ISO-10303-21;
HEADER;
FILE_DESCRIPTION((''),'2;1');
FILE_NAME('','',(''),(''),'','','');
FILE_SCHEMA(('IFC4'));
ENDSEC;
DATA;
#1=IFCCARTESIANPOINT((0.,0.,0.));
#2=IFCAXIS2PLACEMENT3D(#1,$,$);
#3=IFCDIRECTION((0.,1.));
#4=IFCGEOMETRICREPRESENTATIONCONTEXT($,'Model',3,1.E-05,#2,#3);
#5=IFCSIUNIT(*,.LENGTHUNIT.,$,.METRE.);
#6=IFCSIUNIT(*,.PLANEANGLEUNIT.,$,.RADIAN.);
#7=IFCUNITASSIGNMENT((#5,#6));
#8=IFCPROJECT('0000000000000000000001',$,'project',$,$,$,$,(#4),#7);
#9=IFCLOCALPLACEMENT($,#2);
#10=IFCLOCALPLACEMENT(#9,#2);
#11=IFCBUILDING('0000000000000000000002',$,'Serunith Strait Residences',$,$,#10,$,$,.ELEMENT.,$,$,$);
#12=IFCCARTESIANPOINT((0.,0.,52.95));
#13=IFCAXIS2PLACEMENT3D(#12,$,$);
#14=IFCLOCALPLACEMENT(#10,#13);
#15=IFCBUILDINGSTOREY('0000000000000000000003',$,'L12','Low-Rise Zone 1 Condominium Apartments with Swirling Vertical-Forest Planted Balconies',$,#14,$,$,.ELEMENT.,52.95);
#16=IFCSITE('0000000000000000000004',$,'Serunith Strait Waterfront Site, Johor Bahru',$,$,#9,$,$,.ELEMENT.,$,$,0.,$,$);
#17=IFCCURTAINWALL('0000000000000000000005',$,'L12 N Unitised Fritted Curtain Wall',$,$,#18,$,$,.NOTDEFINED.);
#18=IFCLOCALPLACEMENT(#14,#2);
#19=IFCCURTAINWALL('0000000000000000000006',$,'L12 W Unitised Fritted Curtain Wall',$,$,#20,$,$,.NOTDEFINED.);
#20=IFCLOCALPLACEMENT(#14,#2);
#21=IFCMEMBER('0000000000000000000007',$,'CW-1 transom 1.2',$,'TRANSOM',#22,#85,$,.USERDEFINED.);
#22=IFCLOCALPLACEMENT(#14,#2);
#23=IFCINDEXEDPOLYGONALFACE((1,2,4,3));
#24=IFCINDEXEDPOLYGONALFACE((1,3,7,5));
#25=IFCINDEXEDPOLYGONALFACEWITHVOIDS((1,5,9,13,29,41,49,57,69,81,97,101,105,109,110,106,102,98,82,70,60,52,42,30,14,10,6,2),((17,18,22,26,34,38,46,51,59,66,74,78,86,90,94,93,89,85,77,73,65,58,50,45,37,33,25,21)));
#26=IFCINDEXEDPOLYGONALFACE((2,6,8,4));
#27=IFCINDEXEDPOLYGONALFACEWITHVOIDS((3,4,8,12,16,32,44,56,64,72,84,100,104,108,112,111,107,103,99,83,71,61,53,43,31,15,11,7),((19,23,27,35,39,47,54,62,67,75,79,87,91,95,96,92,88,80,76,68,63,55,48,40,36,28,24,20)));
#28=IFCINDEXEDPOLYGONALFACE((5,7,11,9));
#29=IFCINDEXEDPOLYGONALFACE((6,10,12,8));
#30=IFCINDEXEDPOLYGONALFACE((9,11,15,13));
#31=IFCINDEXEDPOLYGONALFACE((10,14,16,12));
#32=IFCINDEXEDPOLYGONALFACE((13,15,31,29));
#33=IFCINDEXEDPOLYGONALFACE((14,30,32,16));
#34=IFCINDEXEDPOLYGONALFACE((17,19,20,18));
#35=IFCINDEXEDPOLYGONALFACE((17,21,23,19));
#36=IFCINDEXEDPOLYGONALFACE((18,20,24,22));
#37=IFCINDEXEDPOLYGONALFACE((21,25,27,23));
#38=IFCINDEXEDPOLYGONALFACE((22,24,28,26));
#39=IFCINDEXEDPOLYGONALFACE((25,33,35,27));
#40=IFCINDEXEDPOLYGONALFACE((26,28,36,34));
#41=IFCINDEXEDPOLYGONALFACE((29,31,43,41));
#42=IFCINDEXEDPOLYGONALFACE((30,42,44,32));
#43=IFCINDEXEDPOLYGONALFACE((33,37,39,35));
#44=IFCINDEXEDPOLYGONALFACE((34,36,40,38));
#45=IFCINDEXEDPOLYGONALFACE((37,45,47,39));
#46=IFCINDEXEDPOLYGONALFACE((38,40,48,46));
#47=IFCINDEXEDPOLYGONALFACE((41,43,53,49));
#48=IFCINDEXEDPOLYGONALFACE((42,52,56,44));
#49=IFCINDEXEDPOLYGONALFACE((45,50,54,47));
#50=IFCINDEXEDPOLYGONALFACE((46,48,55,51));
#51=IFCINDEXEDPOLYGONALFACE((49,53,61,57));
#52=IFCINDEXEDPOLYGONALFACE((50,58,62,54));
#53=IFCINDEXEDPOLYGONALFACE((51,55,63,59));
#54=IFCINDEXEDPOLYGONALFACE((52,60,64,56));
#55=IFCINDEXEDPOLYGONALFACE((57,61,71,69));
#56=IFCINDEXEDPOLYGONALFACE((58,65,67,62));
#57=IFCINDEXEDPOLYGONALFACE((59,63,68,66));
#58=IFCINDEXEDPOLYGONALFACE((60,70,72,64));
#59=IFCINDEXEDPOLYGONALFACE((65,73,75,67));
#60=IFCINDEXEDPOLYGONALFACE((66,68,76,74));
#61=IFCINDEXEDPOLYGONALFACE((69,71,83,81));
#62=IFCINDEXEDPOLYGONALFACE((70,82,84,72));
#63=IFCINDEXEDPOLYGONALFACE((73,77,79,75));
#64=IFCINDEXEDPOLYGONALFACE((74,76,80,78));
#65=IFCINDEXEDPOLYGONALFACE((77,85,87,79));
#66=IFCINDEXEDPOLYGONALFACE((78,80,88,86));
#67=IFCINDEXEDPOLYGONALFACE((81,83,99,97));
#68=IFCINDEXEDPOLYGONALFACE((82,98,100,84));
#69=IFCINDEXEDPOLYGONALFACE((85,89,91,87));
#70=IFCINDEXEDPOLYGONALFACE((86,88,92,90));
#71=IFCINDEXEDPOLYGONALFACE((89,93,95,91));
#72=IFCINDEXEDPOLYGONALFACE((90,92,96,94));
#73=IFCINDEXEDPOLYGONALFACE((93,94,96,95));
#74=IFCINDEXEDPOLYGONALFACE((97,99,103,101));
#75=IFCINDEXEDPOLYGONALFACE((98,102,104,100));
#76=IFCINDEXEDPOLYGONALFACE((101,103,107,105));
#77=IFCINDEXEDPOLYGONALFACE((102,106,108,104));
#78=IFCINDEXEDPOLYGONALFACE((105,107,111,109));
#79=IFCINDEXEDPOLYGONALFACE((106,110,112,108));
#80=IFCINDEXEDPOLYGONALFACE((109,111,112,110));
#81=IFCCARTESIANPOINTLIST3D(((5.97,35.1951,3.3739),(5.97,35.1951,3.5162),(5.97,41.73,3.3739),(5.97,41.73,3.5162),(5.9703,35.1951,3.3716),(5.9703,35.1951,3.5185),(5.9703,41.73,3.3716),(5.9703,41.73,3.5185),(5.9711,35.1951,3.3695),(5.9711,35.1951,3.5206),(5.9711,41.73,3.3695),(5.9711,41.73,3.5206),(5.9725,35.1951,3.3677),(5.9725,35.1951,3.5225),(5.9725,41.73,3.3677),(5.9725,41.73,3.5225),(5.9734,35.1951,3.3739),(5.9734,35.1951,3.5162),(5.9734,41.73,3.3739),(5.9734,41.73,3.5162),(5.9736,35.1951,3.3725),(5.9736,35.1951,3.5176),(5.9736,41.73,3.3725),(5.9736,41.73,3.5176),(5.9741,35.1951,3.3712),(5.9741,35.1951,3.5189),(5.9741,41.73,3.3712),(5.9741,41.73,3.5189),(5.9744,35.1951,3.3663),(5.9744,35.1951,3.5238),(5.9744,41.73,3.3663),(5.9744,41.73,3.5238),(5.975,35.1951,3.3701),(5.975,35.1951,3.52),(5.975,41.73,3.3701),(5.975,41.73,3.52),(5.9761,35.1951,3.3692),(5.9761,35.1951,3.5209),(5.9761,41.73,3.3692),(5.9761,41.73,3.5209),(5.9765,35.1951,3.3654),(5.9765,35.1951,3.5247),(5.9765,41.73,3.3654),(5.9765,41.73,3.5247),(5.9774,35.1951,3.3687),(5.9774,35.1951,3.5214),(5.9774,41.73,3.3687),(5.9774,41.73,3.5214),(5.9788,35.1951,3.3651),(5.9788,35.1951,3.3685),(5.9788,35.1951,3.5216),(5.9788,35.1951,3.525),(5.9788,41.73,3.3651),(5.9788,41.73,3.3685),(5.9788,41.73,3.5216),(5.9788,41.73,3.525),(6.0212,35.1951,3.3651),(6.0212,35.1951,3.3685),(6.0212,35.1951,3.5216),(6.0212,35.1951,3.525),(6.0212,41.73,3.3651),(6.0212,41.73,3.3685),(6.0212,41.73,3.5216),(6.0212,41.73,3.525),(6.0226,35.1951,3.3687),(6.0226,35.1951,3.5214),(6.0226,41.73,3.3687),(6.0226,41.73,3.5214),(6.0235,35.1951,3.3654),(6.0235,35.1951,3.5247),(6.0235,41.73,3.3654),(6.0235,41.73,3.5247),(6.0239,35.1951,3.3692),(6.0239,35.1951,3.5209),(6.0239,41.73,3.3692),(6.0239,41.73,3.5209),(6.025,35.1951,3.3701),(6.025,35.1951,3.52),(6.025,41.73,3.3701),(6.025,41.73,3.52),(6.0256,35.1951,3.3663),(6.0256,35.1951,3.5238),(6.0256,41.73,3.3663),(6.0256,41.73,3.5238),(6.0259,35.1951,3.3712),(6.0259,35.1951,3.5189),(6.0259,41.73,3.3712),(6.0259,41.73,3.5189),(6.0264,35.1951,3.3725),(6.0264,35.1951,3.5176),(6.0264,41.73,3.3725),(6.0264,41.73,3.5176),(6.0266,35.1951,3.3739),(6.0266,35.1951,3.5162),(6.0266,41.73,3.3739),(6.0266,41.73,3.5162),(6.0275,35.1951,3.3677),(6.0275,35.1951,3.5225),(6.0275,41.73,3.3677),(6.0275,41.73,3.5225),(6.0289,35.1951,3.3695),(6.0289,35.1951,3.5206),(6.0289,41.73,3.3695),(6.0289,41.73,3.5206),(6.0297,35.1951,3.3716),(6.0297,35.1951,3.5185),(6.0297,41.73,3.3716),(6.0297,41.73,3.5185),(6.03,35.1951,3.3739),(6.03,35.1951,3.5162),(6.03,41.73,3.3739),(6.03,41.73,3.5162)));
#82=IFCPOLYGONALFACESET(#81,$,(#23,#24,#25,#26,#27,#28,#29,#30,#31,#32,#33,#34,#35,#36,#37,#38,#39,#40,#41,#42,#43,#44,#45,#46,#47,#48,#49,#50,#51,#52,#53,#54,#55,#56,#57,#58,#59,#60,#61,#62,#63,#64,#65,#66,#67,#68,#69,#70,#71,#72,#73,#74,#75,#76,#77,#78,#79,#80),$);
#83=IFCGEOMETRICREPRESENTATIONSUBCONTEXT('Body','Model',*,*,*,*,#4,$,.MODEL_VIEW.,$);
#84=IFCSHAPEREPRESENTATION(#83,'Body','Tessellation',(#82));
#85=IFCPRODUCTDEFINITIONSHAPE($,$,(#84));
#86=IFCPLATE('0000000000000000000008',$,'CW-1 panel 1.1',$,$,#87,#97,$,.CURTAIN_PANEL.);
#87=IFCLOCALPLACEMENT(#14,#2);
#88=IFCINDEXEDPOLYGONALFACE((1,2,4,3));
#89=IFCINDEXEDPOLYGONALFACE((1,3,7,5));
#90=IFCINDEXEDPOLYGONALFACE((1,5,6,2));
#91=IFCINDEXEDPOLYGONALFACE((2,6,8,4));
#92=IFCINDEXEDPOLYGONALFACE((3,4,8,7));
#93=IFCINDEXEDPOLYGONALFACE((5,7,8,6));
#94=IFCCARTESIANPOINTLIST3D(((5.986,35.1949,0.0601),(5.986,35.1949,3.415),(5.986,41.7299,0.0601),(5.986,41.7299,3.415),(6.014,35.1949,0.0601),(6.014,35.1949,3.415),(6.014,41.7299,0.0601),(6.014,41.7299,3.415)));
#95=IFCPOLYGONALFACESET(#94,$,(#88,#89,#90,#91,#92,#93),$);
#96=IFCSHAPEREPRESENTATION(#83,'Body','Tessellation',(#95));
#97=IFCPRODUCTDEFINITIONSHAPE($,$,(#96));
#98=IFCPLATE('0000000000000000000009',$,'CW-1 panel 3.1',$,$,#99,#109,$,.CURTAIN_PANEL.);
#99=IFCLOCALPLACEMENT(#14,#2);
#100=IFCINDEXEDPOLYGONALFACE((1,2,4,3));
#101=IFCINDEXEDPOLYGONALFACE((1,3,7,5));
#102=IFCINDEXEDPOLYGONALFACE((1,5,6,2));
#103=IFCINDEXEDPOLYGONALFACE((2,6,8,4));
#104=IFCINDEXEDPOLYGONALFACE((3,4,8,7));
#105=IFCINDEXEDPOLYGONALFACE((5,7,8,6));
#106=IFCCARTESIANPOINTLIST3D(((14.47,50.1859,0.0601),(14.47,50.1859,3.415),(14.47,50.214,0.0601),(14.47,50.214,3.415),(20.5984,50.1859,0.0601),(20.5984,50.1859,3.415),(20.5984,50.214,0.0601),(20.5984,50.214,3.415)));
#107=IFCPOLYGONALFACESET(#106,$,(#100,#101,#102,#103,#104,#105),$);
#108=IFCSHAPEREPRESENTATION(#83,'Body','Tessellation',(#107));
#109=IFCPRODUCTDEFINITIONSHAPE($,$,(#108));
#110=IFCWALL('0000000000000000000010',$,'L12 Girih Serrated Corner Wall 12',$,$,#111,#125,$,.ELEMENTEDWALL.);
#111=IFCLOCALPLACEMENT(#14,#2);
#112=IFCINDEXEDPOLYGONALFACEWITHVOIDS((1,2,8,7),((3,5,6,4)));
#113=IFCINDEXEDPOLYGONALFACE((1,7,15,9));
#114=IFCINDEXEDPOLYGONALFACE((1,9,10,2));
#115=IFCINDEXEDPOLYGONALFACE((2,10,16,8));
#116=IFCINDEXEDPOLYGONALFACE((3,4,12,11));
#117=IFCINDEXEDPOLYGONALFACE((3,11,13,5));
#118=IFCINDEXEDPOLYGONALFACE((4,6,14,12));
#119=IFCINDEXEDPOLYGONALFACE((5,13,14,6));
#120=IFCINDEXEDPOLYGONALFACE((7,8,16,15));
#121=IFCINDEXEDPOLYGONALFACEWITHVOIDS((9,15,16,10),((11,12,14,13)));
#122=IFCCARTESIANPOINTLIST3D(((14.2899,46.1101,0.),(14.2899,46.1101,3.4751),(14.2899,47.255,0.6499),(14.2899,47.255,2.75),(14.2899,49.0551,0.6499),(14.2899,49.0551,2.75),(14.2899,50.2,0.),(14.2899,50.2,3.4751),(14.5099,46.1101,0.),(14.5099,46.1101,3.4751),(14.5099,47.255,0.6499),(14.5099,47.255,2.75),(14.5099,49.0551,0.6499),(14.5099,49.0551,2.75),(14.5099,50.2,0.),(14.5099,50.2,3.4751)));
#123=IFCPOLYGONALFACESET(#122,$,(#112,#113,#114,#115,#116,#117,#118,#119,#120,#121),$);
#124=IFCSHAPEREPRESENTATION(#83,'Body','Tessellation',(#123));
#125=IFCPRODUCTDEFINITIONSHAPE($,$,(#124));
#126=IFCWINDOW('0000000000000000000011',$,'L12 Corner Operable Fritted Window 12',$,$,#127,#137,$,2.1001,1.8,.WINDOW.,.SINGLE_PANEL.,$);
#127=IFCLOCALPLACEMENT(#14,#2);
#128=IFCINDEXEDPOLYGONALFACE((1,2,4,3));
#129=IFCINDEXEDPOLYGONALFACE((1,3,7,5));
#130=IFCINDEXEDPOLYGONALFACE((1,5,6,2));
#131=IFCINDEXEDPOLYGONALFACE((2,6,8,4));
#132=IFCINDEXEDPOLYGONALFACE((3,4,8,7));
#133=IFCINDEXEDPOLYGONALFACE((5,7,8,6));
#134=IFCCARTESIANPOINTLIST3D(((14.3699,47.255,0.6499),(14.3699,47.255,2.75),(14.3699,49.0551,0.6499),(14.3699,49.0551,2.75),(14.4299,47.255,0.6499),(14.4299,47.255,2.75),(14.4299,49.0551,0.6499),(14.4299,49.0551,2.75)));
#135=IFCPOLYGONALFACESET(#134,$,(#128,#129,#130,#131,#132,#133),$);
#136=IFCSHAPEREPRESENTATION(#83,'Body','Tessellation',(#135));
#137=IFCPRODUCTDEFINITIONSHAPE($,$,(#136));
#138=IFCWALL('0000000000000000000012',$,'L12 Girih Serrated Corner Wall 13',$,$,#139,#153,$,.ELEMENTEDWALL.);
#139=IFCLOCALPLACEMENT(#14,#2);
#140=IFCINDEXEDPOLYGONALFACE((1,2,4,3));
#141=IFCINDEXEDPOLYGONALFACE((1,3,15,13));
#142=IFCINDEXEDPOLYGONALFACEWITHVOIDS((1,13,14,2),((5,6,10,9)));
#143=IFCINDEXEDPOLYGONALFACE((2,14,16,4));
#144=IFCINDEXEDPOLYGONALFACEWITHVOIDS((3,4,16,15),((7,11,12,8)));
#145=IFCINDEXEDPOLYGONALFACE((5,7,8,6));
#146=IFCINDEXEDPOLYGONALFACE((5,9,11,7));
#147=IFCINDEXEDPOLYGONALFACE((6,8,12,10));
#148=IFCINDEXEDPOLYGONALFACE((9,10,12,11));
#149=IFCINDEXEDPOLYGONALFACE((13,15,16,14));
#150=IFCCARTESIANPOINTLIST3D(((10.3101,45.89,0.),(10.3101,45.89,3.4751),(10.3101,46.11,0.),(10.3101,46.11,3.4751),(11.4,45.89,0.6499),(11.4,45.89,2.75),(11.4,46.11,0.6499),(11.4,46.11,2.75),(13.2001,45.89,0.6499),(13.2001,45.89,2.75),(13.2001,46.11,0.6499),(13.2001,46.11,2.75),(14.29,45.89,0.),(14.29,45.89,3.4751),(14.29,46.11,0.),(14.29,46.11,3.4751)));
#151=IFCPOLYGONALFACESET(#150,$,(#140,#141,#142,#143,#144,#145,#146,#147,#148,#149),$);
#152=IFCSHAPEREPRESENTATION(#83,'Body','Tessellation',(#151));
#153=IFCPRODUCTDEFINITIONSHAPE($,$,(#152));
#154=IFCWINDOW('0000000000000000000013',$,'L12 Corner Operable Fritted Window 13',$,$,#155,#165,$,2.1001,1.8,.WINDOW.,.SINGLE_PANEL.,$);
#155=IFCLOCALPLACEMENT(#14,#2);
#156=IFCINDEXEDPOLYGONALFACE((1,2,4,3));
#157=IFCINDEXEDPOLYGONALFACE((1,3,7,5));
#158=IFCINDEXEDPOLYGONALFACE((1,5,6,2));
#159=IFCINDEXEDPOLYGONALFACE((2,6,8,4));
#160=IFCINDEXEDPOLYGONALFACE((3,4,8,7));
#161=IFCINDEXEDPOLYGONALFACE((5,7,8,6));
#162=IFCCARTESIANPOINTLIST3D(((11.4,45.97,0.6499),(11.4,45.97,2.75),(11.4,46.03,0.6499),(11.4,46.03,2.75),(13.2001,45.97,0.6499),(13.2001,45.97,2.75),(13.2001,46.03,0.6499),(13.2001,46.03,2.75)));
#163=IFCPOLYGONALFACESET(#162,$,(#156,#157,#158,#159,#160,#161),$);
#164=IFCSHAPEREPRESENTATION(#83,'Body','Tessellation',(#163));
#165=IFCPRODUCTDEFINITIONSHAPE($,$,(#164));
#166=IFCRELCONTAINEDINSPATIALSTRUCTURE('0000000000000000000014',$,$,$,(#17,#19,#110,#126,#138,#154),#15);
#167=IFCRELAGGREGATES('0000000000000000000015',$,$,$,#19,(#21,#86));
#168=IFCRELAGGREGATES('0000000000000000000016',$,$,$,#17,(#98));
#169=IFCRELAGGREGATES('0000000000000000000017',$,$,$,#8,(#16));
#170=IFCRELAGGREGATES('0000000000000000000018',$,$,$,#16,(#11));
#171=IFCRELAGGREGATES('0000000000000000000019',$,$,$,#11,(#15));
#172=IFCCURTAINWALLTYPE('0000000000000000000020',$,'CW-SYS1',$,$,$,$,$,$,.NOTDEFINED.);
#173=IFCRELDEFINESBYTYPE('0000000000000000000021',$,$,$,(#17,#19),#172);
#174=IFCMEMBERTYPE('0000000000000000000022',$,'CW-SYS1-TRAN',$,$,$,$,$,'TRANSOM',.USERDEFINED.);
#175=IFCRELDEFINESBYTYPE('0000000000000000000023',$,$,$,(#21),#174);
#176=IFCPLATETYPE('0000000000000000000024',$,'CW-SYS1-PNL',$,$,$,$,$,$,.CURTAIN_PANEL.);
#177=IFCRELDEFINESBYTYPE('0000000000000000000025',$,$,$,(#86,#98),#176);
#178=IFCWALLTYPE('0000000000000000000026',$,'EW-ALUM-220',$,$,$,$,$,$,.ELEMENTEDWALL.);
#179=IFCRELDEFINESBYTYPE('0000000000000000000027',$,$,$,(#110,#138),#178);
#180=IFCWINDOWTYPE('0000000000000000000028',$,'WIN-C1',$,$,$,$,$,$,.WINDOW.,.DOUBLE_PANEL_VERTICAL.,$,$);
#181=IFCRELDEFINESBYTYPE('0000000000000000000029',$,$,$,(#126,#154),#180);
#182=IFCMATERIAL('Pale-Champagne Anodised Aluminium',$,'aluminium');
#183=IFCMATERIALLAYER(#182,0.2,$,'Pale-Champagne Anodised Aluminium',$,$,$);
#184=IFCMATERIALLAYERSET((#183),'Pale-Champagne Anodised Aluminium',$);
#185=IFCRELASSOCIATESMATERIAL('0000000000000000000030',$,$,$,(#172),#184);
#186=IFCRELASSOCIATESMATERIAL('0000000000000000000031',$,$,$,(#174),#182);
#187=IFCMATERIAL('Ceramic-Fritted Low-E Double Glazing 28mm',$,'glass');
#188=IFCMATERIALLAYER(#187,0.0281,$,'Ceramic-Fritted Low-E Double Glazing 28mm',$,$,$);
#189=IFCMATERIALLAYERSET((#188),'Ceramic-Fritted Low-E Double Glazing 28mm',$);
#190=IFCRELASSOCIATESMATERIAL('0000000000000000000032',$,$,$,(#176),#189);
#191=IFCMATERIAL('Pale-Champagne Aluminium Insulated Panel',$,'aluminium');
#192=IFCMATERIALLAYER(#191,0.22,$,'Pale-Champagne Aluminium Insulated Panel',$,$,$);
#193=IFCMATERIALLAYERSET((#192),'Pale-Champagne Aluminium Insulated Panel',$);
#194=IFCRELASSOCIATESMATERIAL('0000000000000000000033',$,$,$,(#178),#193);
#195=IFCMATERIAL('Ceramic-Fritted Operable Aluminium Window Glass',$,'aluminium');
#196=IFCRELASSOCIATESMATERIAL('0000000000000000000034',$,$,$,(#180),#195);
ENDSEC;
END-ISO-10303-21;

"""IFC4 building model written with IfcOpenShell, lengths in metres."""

from ifc_helpers import new_model, si_unit, direction, frame, frame_2d, origin, origin_2d, place, context, subcontext, project, spatial, rectangle, hollow_rectangle, extrude, source, transform, mapped, material, layer, layer_set, material_profile, profile_set, type_object, element, fill, aggregate, save


model = new_model("IFC4")

# Units and contexts
model_context = context("Model", 3, precision=1e-05, world=origin(), true_north=direction((0.0, 1.0)))
body_context = subcontext(model_context, "Body", "Model", "MODEL_VIEW")
ifc_project = project(units=[si_unit("LENGTHUNIT", "METRE"), si_unit("PLANEANGLEUNIT", "RADIAN")], contexts=[model_context])

# Site, building, storey
site_placement = place(None, origin())
site = spatial("IfcSite", under=ifc_project, at=site_placement, Name="Serunith Strait Waterfront Site, Johor Bahru", CompositionType="ELEMENT", RefElevation=0.0)
building_placement = place(site_placement, origin())
building = spatial("IfcBuilding", under=site, at=building_placement, Name="Serunith Strait Residences", CompositionType="ELEMENT")
storey_placement = place(building_placement, frame((0.0, 0.0, 52.95)))
storey = spatial("IfcBuildingStorey", under=building, at=storey_placement, Name="L12", Description="Low-Rise Zone 1 Condominium Apartments with Swirling Vertical-Forest Planted Balconies", CompositionType="ELEMENT", Elevation=52.95)

# Curtain wall
ifc_material_1 = material(Name="Pale-Champagne Anodised Aluminium", Category="aluminium")
ifc_layer_1 = layer(ifc_material_1, 0.2, Name="Pale-Champagne Anodised Aluminium")
ifc_layer_set_1 = layer_set([ifc_layer_1], Name="Pale-Champagne Anodised Aluminium")
curtain_wall_type = type_object("IfcCurtainWallType", Name="CW-SYS1", PredefinedType="NOTDEFINED", material=ifc_layer_set_1)
curtain_wall_1_placement = place(storey_placement, origin())
curtain_wall_1 = element("IfcCurtainWall", 1, at=curtain_wall_1_placement, inside=storey, type_object=curtain_wall_type, Name="L12 N Unitised Fritted Curtain Wall", PredefinedType="NOTDEFINED")

# Curtain wall, member, plate
curtain_wall_2_placement = place(storey_placement, origin())
curtain_wall_2 = element("IfcCurtainWall", 2, at=curtain_wall_2_placement, inside=storey, type_object=curtain_wall_type, Name="L12 W Unitised Fritted Curtain Wall", PredefinedType="NOTDEFINED")
ifc_material_profile_1 = material_profile(ifc_material_1, hollow_rectangle(XDim=0.0601, YDim=0.1599, WallThickness=0.0034, InnerFilletRadius=0.0054, OuterFilletRadius=0.0088, at=origin_2d()), Name="ALU 160x60x3.5")
ifc_profile_set_1 = profile_set([ifc_material_profile_1], Name="Pale-Champagne Anodised Aluminium")
member_type_1 = type_object("IfcMemberType", Name="CW-SYS1-TRAN", ElementType="TRANSOM", PredefinedType="USERDEFINED", material=ifc_profile_set_1)
shared_shape_1 = source(origin(), body_context, "Body", "SweptSolid", [
    extrude(hollow_rectangle(XDim=0.0601, YDim=0.1599, WallThickness=0.0034, InnerFilletRadius=0.0054, OuterFilletRadius=0.0088, at=origin_2d()), origin(), (0.0, 0.0, 1.0), 6.5349),
])
member_1_placement = place(storey_placement, frame((6.0, 41.73, 3.4451), z_axis=(0.0, -1.0, 0.0), x_axis=(1.0, 0.0, 0.0)))
member_1 = element("IfcMember", 3, at=member_1_placement, type_object=member_type_1, Name="CW-1 transom 1.2", ObjectType="TRANSOM", PredefinedType="USERDEFINED", context=body_context, shape_type="MappedRepresentation", body=[
    mapped(shared_shape_1, transform((0.0, 0.0, 0.0), scale=1.0)),
])
ifc_material_2 = material(Name="Ceramic-Fritted Low-E Double Glazing 28mm", Category="glass")
ifc_layer_2 = layer(ifc_material_2, 0.0281, Name="Ceramic-Fritted Low-E Double Glazing 28mm")
ifc_layer_set_2 = layer_set([ifc_layer_2], Name="Ceramic-Fritted Low-E Double Glazing 28mm")
plate_type = type_object("IfcPlateType", Name="CW-SYS1-PNL", PredefinedType="CURTAIN_PANEL", material=ifc_layer_set_2)
shared_shape_2 = source(origin(), body_context, "Body", "SweptSolid", [
    extrude(rectangle(XDim=6.5349, YDim=0.0281, at=origin_2d()), origin(), (0.0, 0.0, 1.0), 3.355),
])
plate_1_placement = place(storey_placement, frame((6.0, 38.4624, 0.0601), z_axis=(0.0, 0.0, 1.0), x_axis=(0.0, -1.0, 0.0)))
plate_1 = element("IfcPlate", 4, at=plate_1_placement, type_object=plate_type, Name="CW-1 panel 1.1", PredefinedType="CURTAIN_PANEL", context=body_context, shape_type="MappedRepresentation", body=[
    mapped(shared_shape_2, transform((0.0, 0.0, 0.0), scale=1.0)),
])
aggregate(curtain_wall_2, [member_1, plate_1])

# Plate
shared_shape_3 = source(origin(), body_context, "Body", "SweptSolid", [
    extrude(rectangle(XDim=6.1284, YDim=0.0281, at=origin_2d()), origin(), (0.0, 0.0, 1.0), 3.355),
])
plate_2_placement = place(storey_placement, frame((17.5342, 50.2, 0.0601), z_axis=(0.0, 0.0, 1.0), x_axis=(-1.0, 0.0, 0.0)))
plate_2 = element("IfcPlate", 5, at=plate_2_placement, type_object=plate_type, Name="CW-1 panel 3.1", PredefinedType="CURTAIN_PANEL", context=body_context, shape_type="MappedRepresentation", body=[
    mapped(shared_shape_3, transform((0.0, 0.0, 0.0), scale=1.0)),
])
aggregate(curtain_wall_1, [plate_2])

# Walls, openings, windows
ifc_material_3 = material(Name="Pale-Champagne Aluminium Insulated Panel", Category="aluminium")
ifc_layer_3 = layer(ifc_material_3, 0.22, Name="Pale-Champagne Aluminium Insulated Panel")
ifc_layer_set_3 = layer_set([ifc_layer_3], Name="Pale-Champagne Aluminium Insulated Panel")
wall_type_1 = type_object("IfcWallType", Name="EW-ALUM-220", PredefinedType="ELEMENTEDWALL", material=ifc_layer_set_3)
wall_1_placement = place(storey_placement, frame((14.3999, 50.2, 0.0), z_axis=(0.0, 0.0, 1.0), x_axis=(0.0, -1.0, 0.0)))
wall_1 = element("IfcWall", 6, at=wall_1_placement, inside=storey, type_object=wall_type_1, Name="L12 Girih Serrated Corner Wall 12", PredefinedType="ELEMENTEDWALL", context=body_context, shape_type="SweptSolid", body=[
    extrude(rectangle(XDim=4.0898, YDim=0.22, at=frame_2d((2.0449, 0.0))), origin(), (0.0, 0.0, 1.0), 3.4751),
])
opening_1_placement = place(wall_1_placement, frame((1.145, 0.0, 0.6499)))
opening_1 = element("IfcOpeningElement", 7, at=opening_1_placement, cuts=wall_1, PredefinedType="OPENING", context=body_context, shape_type="SweptSolid", body=[
    extrude(rectangle(XDim=1.8, YDim=2.1001, at=frame_2d((0.8999, 1.05))), frame((0.0, 0.1201, 0.0), z_axis=(0.0, -1.0, 0.0), x_axis=(1.0, 0.0, 0.0)), (0.0, 0.0, 1.0), 0.24),
])
ifc_material_4 = material(Name="Ceramic-Fritted Operable Aluminium Window Glass", Category="aluminium")
window_type = type_object("IfcWindowType", Name="WIN-C1", PartitioningType="DOUBLE_PANEL_VERTICAL", PredefinedType="WINDOW", material=ifc_material_4)
shared_shape_4 = source(origin(), body_context, "Body", "SweptSolid", [
    extrude(rectangle(XDim=1.8, YDim=2.1001, at=frame_2d((0.8999, 1.05))), frame((0.0, 0.03, 0.0), z_axis=(0.0, -1.0, 0.0), x_axis=(1.0, 0.0, 0.0)), (0.0, 0.0, 1.0), 0.0601),
])
window_1_placement = place(opening_1_placement, origin())
window_1 = element("IfcWindow", 8, at=window_1_placement, inside=storey, type_object=window_type, Name="L12 Corner Operable Fritted Window 12", OverallHeight=2.1001, OverallWidth=1.8, PartitioningType="SINGLE_PANEL", PredefinedType="WINDOW", context=body_context, shape_type="MappedRepresentation", body=[
    mapped(shared_shape_4, transform((0.0, 0.0, 0.0), scale=1.0)),
])
fill(opening_1, window_1)
wall_2_placement = place(storey_placement, frame((14.29, 46.0, 0.0), z_axis=(0.0, 0.0, 1.0), x_axis=(-1.0, 0.0, 0.0)))
wall_2 = element("IfcWall", 9, at=wall_2_placement, inside=storey, type_object=wall_type_1, Name="L12 Girih Serrated Corner Wall 13", PredefinedType="ELEMENTEDWALL", context=body_context, shape_type="SweptSolid", body=[
    extrude(rectangle(XDim=3.98, YDim=0.22, at=frame_2d((1.99, 0.0))), origin(), (0.0, 0.0, 1.0), 3.4751),
])
opening_2_placement = place(wall_2_placement, frame((1.0901, 0.0, 0.6499)))
opening_2 = element("IfcOpeningElement", 10, at=opening_2_placement, cuts=wall_2, PredefinedType="OPENING", context=body_context, shape_type="SweptSolid", body=[
    extrude(rectangle(XDim=1.8, YDim=2.1001, at=frame_2d((0.8999, 1.05))), frame((0.0, 0.1201, 0.0), z_axis=(0.0, -1.0, 0.0), x_axis=(1.0, 0.0, 0.0)), (0.0, 0.0, 1.0), 0.24),
])
window_2_placement = place(opening_2_placement, origin())
window_2 = element("IfcWindow", 11, at=window_2_placement, inside=storey, type_object=window_type, Name="L12 Corner Operable Fritted Window 13", OverallHeight=2.1001, OverallWidth=1.8, PartitioningType="SINGLE_PANEL", PredefinedType="WINDOW", context=body_context, shape_type="MappedRepresentation", body=[
    mapped(shared_shape_4, transform((0.0, 0.0, 0.0), scale=1.0)),
])
fill(opening_2, window_2)

save(model, "model.ifc")
